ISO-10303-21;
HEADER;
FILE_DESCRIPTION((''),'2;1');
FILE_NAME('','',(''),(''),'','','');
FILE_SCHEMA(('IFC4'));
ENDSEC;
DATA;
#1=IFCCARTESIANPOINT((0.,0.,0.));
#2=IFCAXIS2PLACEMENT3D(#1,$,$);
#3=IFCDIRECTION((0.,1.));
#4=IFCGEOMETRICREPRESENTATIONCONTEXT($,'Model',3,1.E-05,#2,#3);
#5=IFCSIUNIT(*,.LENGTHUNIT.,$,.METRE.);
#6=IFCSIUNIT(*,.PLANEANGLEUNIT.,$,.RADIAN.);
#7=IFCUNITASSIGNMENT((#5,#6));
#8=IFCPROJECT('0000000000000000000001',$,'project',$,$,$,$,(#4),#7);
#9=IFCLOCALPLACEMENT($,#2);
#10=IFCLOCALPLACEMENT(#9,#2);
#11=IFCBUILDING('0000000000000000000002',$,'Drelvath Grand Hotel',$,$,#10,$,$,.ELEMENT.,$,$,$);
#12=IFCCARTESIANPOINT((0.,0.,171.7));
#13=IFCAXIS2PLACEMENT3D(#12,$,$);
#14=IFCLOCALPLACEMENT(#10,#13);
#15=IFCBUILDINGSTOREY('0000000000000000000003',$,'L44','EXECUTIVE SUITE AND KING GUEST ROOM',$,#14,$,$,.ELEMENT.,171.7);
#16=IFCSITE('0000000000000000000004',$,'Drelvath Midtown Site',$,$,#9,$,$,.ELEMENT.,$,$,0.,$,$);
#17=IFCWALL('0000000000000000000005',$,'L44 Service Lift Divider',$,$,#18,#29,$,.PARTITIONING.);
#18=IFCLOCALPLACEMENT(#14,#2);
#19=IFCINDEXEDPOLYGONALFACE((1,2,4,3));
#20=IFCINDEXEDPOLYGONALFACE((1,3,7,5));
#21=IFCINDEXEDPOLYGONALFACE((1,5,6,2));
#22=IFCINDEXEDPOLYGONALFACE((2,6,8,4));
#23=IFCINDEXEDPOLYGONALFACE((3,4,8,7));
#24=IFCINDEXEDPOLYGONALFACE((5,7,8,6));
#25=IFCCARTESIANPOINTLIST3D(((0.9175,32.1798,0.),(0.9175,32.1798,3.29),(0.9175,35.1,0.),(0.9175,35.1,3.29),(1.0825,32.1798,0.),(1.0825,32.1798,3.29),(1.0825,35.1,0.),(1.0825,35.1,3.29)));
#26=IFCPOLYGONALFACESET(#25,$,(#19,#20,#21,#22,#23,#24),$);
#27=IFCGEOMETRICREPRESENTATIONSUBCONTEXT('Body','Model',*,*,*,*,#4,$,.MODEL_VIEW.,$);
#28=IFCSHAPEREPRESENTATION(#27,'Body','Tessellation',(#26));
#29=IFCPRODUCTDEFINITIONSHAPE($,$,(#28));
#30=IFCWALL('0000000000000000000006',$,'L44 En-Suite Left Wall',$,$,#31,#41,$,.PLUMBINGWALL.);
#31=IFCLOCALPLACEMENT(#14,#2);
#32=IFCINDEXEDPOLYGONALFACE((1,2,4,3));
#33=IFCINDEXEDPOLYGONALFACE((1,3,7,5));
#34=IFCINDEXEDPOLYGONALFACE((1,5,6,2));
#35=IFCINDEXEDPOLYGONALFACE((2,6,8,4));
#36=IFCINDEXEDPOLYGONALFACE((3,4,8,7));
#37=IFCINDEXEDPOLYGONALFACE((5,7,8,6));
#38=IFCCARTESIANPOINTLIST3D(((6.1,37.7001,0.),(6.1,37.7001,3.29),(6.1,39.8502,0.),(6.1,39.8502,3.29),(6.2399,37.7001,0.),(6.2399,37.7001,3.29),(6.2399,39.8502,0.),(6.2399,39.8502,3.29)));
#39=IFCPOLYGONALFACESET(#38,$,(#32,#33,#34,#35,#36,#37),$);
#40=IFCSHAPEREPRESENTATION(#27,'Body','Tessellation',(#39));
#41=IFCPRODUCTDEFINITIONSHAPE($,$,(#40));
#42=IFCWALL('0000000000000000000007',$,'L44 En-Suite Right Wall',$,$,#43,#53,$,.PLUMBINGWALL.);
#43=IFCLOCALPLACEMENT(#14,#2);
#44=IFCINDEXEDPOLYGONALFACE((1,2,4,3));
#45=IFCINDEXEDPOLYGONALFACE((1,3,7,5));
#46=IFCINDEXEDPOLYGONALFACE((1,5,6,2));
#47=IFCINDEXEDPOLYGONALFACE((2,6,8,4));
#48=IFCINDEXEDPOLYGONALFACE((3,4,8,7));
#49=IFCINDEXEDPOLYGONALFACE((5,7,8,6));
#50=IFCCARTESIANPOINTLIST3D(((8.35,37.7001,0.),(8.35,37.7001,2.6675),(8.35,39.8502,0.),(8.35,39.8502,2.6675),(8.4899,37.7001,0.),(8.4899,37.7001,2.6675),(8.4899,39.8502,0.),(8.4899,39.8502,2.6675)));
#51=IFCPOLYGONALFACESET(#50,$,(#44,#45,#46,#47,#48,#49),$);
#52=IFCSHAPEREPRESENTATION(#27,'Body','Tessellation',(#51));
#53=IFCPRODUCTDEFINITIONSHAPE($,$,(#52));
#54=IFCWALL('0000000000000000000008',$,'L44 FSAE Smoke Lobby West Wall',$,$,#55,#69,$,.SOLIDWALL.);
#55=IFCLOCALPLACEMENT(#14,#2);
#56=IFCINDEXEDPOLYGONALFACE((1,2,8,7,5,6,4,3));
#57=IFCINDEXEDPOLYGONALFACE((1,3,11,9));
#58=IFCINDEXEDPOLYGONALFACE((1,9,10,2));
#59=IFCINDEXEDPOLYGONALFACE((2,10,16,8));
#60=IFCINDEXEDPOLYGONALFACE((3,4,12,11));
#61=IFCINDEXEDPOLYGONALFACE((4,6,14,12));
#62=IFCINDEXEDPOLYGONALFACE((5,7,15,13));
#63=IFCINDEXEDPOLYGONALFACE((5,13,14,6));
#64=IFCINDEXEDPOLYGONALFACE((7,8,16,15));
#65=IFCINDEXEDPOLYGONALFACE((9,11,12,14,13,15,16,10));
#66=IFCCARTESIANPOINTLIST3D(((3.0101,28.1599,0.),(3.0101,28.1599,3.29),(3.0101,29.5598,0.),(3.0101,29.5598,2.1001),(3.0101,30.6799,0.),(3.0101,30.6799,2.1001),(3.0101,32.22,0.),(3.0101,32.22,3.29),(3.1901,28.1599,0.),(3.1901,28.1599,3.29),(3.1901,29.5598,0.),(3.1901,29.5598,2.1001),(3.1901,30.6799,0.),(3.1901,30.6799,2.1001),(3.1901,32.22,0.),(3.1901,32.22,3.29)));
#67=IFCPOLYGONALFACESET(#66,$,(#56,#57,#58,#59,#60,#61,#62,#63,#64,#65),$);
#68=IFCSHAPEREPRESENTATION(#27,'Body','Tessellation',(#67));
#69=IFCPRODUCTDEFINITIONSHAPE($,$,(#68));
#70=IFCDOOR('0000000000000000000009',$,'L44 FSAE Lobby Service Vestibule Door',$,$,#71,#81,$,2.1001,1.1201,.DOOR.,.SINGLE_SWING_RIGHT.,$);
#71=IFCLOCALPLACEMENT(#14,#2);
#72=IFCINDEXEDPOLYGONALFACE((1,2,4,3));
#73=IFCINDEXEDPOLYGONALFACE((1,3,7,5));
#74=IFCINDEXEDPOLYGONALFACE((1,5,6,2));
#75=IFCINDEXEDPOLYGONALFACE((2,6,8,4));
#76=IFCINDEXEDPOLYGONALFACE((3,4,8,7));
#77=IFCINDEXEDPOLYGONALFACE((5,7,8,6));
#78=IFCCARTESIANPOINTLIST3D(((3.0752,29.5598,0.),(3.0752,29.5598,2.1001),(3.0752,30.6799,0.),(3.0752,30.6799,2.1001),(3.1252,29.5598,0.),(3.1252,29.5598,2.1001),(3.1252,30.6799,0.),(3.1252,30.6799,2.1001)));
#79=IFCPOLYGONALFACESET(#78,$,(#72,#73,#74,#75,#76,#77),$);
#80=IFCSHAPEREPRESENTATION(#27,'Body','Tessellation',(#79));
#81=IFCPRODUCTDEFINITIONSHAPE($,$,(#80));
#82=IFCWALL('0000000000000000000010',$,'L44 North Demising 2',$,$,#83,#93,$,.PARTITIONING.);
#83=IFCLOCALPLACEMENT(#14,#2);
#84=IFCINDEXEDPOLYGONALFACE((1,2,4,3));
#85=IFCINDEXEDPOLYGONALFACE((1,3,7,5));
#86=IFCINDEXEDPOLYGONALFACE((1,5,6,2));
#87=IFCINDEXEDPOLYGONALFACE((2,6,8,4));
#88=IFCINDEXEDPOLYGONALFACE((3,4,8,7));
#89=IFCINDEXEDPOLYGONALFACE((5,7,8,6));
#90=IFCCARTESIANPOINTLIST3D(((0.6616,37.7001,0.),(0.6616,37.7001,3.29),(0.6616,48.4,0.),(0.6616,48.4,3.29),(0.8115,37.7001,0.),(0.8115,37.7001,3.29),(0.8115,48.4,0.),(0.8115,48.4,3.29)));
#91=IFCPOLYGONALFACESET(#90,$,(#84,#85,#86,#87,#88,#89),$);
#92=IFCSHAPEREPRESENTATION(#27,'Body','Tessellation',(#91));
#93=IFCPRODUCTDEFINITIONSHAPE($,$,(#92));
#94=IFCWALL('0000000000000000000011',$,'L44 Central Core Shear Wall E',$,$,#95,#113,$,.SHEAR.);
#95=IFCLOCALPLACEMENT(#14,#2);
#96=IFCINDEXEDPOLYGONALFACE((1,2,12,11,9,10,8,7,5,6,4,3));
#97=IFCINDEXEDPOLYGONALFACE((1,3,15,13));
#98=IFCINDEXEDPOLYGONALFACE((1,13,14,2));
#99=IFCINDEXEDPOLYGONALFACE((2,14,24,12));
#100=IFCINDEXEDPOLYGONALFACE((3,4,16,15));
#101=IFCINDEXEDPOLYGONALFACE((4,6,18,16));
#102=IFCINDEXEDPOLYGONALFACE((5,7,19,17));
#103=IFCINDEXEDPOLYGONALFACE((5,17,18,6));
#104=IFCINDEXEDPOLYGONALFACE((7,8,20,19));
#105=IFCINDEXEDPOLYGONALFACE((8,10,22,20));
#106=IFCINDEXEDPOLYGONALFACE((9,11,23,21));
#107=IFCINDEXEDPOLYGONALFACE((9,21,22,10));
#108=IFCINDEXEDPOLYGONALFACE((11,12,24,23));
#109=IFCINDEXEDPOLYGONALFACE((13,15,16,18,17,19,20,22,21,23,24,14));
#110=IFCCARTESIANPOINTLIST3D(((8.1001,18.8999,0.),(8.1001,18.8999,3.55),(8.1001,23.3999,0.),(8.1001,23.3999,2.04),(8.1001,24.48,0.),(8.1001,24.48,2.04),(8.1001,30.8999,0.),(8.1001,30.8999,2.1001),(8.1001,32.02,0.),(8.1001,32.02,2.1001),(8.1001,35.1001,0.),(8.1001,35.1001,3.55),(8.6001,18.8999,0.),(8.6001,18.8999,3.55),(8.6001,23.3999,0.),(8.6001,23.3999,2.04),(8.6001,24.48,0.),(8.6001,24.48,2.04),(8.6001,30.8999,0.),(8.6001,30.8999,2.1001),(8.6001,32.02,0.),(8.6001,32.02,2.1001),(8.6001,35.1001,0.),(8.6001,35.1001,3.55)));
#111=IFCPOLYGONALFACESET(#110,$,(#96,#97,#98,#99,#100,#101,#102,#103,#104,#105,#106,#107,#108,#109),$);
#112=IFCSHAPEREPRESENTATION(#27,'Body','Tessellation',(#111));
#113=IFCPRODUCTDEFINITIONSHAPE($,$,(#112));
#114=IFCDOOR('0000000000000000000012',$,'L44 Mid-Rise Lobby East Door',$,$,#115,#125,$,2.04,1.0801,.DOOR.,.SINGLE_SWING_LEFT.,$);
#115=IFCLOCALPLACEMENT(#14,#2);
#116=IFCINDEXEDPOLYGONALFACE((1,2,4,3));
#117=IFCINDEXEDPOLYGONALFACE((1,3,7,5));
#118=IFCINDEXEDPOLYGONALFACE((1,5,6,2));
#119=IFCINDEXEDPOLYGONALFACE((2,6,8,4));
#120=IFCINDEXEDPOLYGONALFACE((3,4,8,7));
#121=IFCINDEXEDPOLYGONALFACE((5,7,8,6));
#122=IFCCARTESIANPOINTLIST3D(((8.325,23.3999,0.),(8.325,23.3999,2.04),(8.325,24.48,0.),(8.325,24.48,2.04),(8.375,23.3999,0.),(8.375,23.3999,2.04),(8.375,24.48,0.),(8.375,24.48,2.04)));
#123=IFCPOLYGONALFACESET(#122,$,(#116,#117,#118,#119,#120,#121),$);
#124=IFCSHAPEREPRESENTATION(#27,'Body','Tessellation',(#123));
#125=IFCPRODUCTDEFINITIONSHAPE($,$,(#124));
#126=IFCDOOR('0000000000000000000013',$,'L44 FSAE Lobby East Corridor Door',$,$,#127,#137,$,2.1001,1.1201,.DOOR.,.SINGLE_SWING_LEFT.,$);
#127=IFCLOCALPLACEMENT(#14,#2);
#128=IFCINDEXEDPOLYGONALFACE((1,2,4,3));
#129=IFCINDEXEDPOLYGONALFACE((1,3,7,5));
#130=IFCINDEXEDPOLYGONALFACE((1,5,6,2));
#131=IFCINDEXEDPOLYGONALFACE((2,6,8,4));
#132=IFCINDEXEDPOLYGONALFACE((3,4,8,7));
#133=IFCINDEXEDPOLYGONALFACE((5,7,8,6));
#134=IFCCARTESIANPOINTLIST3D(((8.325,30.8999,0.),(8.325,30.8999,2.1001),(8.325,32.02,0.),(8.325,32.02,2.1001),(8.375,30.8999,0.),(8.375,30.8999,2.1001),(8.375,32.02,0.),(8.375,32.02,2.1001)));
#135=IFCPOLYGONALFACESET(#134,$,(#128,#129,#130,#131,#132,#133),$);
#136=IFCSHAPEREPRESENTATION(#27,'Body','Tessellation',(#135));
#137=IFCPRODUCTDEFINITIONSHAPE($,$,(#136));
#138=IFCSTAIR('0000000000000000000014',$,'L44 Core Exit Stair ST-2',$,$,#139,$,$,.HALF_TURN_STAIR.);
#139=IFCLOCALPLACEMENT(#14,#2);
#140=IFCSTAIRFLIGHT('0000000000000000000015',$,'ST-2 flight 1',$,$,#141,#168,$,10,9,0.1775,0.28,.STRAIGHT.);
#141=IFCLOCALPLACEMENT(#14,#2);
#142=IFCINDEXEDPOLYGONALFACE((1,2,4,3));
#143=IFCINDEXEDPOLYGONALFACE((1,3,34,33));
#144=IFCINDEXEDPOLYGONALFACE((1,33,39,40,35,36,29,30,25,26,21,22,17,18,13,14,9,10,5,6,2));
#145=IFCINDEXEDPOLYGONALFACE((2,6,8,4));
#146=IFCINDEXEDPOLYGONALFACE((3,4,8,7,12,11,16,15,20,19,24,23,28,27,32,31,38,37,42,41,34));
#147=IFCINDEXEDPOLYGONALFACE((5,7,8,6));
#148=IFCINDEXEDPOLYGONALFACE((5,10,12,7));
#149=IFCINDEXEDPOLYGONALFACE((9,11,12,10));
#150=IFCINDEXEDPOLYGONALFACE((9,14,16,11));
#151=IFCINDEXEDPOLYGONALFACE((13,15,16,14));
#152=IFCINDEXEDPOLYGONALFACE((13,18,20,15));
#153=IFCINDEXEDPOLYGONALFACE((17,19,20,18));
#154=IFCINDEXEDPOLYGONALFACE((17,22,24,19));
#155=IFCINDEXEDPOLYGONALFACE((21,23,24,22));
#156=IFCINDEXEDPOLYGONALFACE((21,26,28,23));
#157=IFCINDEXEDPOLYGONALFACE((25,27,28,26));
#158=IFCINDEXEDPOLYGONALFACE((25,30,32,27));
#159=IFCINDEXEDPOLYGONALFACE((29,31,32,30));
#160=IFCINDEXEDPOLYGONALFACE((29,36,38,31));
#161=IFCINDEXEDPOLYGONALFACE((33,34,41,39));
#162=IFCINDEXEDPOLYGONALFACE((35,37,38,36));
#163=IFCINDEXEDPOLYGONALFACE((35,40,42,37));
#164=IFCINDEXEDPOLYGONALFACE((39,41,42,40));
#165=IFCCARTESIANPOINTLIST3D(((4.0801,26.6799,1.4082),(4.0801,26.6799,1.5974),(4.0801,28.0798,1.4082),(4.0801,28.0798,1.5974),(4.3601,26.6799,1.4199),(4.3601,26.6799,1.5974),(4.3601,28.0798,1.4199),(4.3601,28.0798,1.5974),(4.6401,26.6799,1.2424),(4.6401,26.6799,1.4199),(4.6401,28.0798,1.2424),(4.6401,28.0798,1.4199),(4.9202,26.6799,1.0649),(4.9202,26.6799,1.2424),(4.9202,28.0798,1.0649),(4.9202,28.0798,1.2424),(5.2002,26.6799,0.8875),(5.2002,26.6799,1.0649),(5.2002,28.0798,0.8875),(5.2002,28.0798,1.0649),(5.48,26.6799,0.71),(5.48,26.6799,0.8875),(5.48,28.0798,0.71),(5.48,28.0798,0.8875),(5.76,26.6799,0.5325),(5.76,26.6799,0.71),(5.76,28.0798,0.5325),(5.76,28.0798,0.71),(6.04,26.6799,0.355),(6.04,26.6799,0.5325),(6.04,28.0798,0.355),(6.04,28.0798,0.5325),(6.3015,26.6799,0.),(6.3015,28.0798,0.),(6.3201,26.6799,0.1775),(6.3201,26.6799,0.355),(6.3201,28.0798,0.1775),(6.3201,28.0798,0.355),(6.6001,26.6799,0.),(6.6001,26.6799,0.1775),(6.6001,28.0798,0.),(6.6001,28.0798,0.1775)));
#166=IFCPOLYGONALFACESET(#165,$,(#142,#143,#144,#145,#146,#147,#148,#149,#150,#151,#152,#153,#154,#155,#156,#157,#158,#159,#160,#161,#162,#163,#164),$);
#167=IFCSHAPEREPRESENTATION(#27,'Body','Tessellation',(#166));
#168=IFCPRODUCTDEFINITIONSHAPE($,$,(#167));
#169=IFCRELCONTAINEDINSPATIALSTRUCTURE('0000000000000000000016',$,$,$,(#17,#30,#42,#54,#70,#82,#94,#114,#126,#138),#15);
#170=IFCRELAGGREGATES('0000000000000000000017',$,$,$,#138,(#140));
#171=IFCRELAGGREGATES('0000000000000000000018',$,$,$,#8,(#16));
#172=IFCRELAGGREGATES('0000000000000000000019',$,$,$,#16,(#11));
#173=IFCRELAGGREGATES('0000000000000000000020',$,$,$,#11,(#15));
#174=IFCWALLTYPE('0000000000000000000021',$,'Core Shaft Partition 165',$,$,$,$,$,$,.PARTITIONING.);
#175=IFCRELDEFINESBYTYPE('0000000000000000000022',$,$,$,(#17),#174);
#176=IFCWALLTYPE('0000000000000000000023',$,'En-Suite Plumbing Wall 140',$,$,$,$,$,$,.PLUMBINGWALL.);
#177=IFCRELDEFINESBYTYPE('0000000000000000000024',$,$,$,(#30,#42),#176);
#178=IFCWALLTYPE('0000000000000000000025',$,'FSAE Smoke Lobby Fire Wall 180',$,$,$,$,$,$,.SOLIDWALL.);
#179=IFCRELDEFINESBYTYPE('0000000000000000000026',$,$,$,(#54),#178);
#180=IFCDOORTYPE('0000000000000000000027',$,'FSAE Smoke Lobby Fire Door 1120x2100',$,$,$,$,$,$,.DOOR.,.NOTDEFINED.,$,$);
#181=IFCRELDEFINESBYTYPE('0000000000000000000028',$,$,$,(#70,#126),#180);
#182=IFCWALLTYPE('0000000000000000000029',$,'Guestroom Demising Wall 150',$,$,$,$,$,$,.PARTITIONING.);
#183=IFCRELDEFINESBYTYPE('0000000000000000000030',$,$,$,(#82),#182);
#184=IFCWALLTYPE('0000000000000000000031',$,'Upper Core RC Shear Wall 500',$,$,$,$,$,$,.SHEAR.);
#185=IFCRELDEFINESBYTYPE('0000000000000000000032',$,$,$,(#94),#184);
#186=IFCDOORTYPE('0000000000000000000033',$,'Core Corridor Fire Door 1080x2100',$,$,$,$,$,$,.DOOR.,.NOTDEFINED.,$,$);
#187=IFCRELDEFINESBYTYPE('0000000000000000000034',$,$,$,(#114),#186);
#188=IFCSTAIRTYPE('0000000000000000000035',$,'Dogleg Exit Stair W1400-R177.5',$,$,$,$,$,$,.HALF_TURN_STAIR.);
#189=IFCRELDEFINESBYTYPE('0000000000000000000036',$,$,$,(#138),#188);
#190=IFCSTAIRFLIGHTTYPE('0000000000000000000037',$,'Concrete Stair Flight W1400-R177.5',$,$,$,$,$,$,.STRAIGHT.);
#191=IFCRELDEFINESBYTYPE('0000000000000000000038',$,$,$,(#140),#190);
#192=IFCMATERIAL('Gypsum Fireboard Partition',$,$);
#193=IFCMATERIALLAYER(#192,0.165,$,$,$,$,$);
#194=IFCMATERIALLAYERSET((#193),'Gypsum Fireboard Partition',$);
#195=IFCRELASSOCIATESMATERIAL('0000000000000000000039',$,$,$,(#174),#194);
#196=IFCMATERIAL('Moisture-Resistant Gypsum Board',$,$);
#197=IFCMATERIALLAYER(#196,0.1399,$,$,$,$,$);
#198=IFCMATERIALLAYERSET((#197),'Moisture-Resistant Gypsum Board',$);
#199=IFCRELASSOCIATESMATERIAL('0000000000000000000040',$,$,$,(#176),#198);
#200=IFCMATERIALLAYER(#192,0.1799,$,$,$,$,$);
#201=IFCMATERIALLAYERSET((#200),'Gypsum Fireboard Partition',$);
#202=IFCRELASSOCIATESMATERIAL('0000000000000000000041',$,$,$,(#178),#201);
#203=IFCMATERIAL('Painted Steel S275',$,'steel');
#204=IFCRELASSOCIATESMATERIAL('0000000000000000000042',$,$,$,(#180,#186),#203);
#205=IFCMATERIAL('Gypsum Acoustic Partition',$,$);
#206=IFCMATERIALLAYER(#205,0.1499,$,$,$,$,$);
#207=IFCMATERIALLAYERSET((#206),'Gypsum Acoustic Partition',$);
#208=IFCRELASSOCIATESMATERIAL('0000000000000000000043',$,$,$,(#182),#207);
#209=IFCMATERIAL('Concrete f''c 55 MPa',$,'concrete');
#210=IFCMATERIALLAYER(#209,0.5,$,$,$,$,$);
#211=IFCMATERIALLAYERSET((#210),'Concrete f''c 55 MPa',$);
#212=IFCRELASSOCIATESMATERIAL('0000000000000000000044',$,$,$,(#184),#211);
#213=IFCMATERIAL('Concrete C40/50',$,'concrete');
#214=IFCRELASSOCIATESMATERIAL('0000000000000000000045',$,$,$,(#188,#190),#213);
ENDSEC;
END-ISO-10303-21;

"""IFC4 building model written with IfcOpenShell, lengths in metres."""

from ifc_helpers import new_model, si_unit, direction, frame, frame_2d, origin, place, context, subcontext, project, spatial, polyline, rectangle, outline, extrude, material, layer, layer_set, type_object, element, fill, aggregate, save


model = new_model("IFC4")

# Units and contexts
model_context = context("Model", 3, precision=1e-05, world=origin(), true_north=direction((0.0, 1.0)))
body_context = subcontext(model_context, "Body", "Model", "MODEL_VIEW")
ifc_project = project(units=[si_unit("LENGTHUNIT", "METRE"), si_unit("PLANEANGLEUNIT", "RADIAN")], contexts=[model_context])

# Site, building, storey
site_placement = place(None, origin())
site = spatial("IfcSite", under=ifc_project, at=site_placement, Name="Drelvath Midtown Site", CompositionType="ELEMENT", RefElevation=0.0)
building_placement = place(site_placement, origin())
building = spatial("IfcBuilding", under=site, at=building_placement, Name="Drelvath Grand Hotel", CompositionType="ELEMENT")
storey_placement = place(building_placement, frame((0.0, 0.0, 171.7)))
storey = spatial("IfcBuildingStorey", under=building, at=storey_placement, Name="L44", Description="EXECUTIVE SUITE AND KING GUEST ROOM", CompositionType="ELEMENT", Elevation=171.7)

# Shared definitions
ifc_material_1 = material(Name="Concrete f'c 55 MPa", Category="concrete")

# Shared definitions
ifc_material_2 = material(Name="Concrete C40/50", Category="concrete")

# Shared definitions
ifc_material_3 = material(Name="Painted Steel S275", Category="steel")

# Walls
ifc_material_4 = material(Name="Gypsum Fireboard Partition")
ifc_layer_1 = layer(ifc_material_4, 0.165)
ifc_layer_set_1 = layer_set([ifc_layer_1], Name="Gypsum Fireboard Partition")
wall_type_1 = type_object("IfcWallType", Name="Core Shaft Partition 165", PredefinedType="PARTITIONING", material=ifc_layer_set_1)
wall_1_placement = place(storey_placement, frame((1.0, 32.1799, 0.0), z_axis=(0.0, 0.0, 1.0), x_axis=(0.0, 1.0, 0.0)))
element("IfcWall", 1, at=wall_1_placement, inside=storey, type_object=wall_type_1, Name="L44 Service Lift Divider", PredefinedType="PARTITIONING", context=body_context, shape_type="SweptSolid", body=[
    extrude(rectangle(XDim=2.9202, YDim=0.165, at=frame_2d((1.46, 0.0))), origin(), (0.0, 0.0, 1.0), 3.29),
])
ifc_material_5 = material(Name="Moisture-Resistant Gypsum Board")
ifc_layer_2 = layer(ifc_material_5, 0.1399)
ifc_layer_set_2 = layer_set([ifc_layer_2], Name="Moisture-Resistant Gypsum Board")
wall_type_2 = type_object("IfcWallType", Name="En-Suite Plumbing Wall 140", PredefinedType="PLUMBINGWALL", material=ifc_layer_set_2)
wall_2_placement = place(storey_placement, frame((6.1699, 37.7, 0.0), z_axis=(0.0, 0.0, 1.0), x_axis=(0.0, 1.0, 0.0)))
element("IfcWall", 2, at=wall_2_placement, inside=storey, type_object=wall_type_2, Name="L44 En-Suite Left Wall", PredefinedType="PLUMBINGWALL", context=body_context, shape_type="SweptSolid", body=[
    extrude(rectangle(XDim=2.1501, YDim=0.1399, at=frame_2d((1.0752, 0.0))), origin(), (0.0, 0.0, 1.0), 3.29),
])
wall_3_placement = place(storey_placement, frame((8.4199, 37.7, 0.0), z_axis=(0.0, 0.0, 1.0), x_axis=(0.0, 1.0, 0.0)))
element("IfcWall", 3, at=wall_3_placement, inside=storey, type_object=wall_type_2, Name="L44 En-Suite Right Wall", PredefinedType="PLUMBINGWALL", context=body_context, shape_type="SweptSolid", body=[
    extrude(rectangle(XDim=2.1501, YDim=0.1399, at=frame_2d((1.0752, 0.0))), origin(), (0.0, 0.0, 1.0), 2.6675),
])

# Wall, opening, door
ifc_layer_3 = layer(ifc_material_4, 0.1799)
ifc_layer_set_3 = layer_set([ifc_layer_3], Name="Gypsum Fireboard Partition")
wall_type_3 = type_object("IfcWallType", Name="FSAE Smoke Lobby Fire Wall 180", PredefinedType="SOLIDWALL", material=ifc_layer_set_3)
wall_4_placement = place(storey_placement, frame((3.1001, 28.1599, 0.0), z_axis=(0.0, 0.0, 1.0), x_axis=(0.0, 1.0, 0.0)))
wall_4 = element("IfcWall", 4, at=wall_4_placement, inside=storey, type_object=wall_type_3, Name="L44 FSAE Smoke Lobby West Wall", PredefinedType="SOLIDWALL", context=body_context, shape_type="SweptSolid", body=[
    extrude(rectangle(XDim=4.0601, YDim=0.1799, at=frame_2d((2.03, 0.0))), origin(), (0.0, 0.0, 1.0), 3.29),
])
opening_1_placement = place(wall_4_placement, frame((1.3999, 0.0, 0.0)))
opening_1 = element("IfcOpeningElement", 5, at=opening_1_placement, cuts=wall_4, PredefinedType="OPENING", context=body_context, shape_type="SweptSolid", body=[
    extrude(rectangle(XDim=1.1201, YDim=2.1001, at=frame_2d((0.5601, 1.05))), frame((0.0, 0.0999, 0.0), z_axis=(0.0, -1.0, 0.0), x_axis=(1.0, 0.0, 0.0)), (0.0, 0.0, 1.0), 0.2),
])
door_type_1 = type_object("IfcDoorType", Name="FSAE Smoke Lobby Fire Door 1120x2100", OperationType="NOTDEFINED", PredefinedType="DOOR", material=ifc_material_3)
door_1_placement = place(opening_1_placement, origin())
door_1 = element("IfcDoor", 6, at=door_1_placement, inside=storey, type_object=door_type_1, Name="L44 FSAE Lobby Service Vestibule Door", OperationType="SINGLE_SWING_RIGHT", OverallHeight=2.1001, OverallWidth=1.1201, PredefinedType="DOOR", context=body_context, shape_type="SweptSolid", body=[
    extrude(rectangle(XDim=1.1201, YDim=2.1001, at=frame_2d((0.5601, 1.05))), frame((0.0, 0.0249, 0.0), z_axis=(0.0, -1.0, 0.0), x_axis=(1.0, 0.0, 0.0)), (0.0, 0.0, 1.0), 0.05),
])
fill(opening_1, door_1)

# Wall
ifc_material_6 = material(Name="Gypsum Acoustic Partition")
ifc_layer_4 = layer(ifc_material_6, 0.1499)
ifc_layer_set_4 = layer_set([ifc_layer_4], Name="Gypsum Acoustic Partition")
wall_type_4 = type_object("IfcWallType", Name="Guestroom Demising Wall 150", PredefinedType="PARTITIONING", material=ifc_layer_set_4)
wall_5_placement = place(storey_placement, frame((0.7366, 37.7, 0.0), z_axis=(0.0, 0.0, 1.0), x_axis=(0.0, 1.0, 0.0)))
element("IfcWall", 7, at=wall_5_placement, inside=storey, type_object=wall_type_4, Name="L44 North Demising 2", PredefinedType="PARTITIONING", context=body_context, shape_type="SweptSolid", body=[
    extrude(rectangle(XDim=10.7, YDim=0.1499, at=frame_2d((5.3501, 0.0))), origin(), (0.0, 0.0, 1.0), 3.29),
])

# Wall, openings, doors
ifc_layer_5 = layer(ifc_material_1, 0.5)
ifc_layer_set_5 = layer_set([ifc_layer_5], Name="Concrete f'c 55 MPa")
wall_type_5 = type_object("IfcWallType", Name="Upper Core RC Shear Wall 500", PredefinedType="SHEAR", material=ifc_layer_set_5)
wall_6_placement = place(storey_placement, frame((8.3501, 35.1001, 0.0), z_axis=(0.0, 0.0, 1.0), x_axis=(0.0, -1.0, 0.0)))
wall_6 = element("IfcWall", 8, at=wall_6_placement, inside=storey, type_object=wall_type_5, Name="L44 Central Core Shear Wall E", PredefinedType="SHEAR", context=body_context, shape_type="SweptSolid", body=[
    extrude(rectangle(XDim=16.2002, YDim=0.5, at=frame_2d((8.1001, 0.0))), origin(), (0.0, 0.0, 1.0), 3.55),
])
opening_2_placement = place(wall_6_placement, frame((3.0801, 0.0, 0.0)))
opening_2 = element("IfcOpeningElement", 9, at=opening_2_placement, cuts=wall_6, PredefinedType="OPENING", context=body_context, shape_type="SweptSolid", body=[
    extrude(rectangle(XDim=1.1201, YDim=2.1001, at=frame_2d((0.5601, 1.05))), frame((0.0, 0.26, 0.0), z_axis=(0.0, -1.0, 0.0), x_axis=(1.0, 0.0, 0.0)), (0.0, 0.0, 1.0), 0.52),
])
opening_3_placement = place(wall_6_placement, frame((10.6201, 0.0, 0.0)))
opening_3 = element("IfcOpeningElement", 10, at=opening_3_placement, cuts=wall_6, PredefinedType="OPENING", context=body_context, shape_type="SweptSolid", body=[
    extrude(rectangle(XDim=1.0801, YDim=2.04, at=frame_2d((0.54, 1.02))), frame((0.0, 0.26, 0.0), z_axis=(0.0, -1.0, 0.0), x_axis=(1.0, 0.0, 0.0)), (0.0, 0.0, 1.0), 0.52),
])
door_type_2 = type_object("IfcDoorType", Name="Core Corridor Fire Door 1080x2100", OperationType="NOTDEFINED", PredefinedType="DOOR", material=ifc_material_3)
door_2_placement = place(opening_3_placement, origin())
door_2 = element("IfcDoor", 11, at=door_2_placement, inside=storey, type_object=door_type_2, Name="L44 Mid-Rise Lobby East Door", OperationType="SINGLE_SWING_LEFT", OverallHeight=2.04, OverallWidth=1.0801, PredefinedType="DOOR", context=body_context, shape_type="SweptSolid", body=[
    extrude(rectangle(XDim=1.0801, YDim=2.04, at=frame_2d((0.54, 1.02))), frame((0.0, 0.0249, 0.0), z_axis=(0.0, -1.0, 0.0), x_axis=(1.0, 0.0, 0.0)), (0.0, 0.0, 1.0), 0.05),
])
fill(opening_3, door_2)
door_3_placement = place(opening_2_placement, origin())
door_3 = element("IfcDoor", 12, at=door_3_placement, inside=storey, type_object=door_type_1, Name="L44 FSAE Lobby East Corridor Door", OperationType="SINGLE_SWING_LEFT", OverallHeight=2.1001, OverallWidth=1.1201, PredefinedType="DOOR", context=body_context, shape_type="SweptSolid", body=[
    extrude(rectangle(XDim=1.1201, YDim=2.1001, at=frame_2d((0.5601, 1.05))), frame((0.0, 0.0249, 0.0), z_axis=(0.0, -1.0, 0.0), x_axis=(1.0, 0.0, 0.0)), (0.0, 0.0, 1.0), 0.05),
])
fill(opening_2, door_3)

# Stair, stair flight
stair_type = type_object("IfcStairType", Name="Dogleg Exit Stair W1400-R177.5", PredefinedType="HALF_TURN_STAIR", material=ifc_material_2)
stair_placement = place(storey_placement, origin())
stair = element("IfcStair", 13, at=stair_placement, inside=storey, type_object=stair_type, Name="L44 Core Exit Stair ST-2", PredefinedType="HALF_TURN_STAIR")
stair_flight_type = type_object("IfcStairFlightType", Name="Concrete Stair Flight W1400-R177.5", PredefinedType="STRAIGHT", material=ifc_material_2)
stair_flight_placement = place(storey_placement, frame((6.6001, 27.3799, 0.0), z_axis=(0.0, 0.0, 1.0), x_axis=(-1.0, 0.0, 0.0)))
stair_flight = element("IfcStairFlight", 14, at=stair_flight_placement, type_object=stair_flight_type, Name="ST-2 flight 1", NumberOfRisers=10, NumberOfTreads=9, PredefinedType="STRAIGHT", RiserHeight=0.1775, TreadLength=0.28, context=body_context, shape_type="SweptSolid", body=[
    extrude(outline(polyline([(0.0, 0.0), (0.0, 0.1775), (0.28, 0.1775), (0.28, 0.355), (0.5601, 0.355), (0.5601, 0.5325), (0.8401, 0.5325), (0.8401, 0.71), (1.1201, 0.71), (1.1201, 0.8875), (1.3999, 0.8875), (1.3999, 1.0649), (1.6799, 1.0649), (1.6799, 1.2424), (1.96, 1.2424), (1.96, 1.4199), (2.24, 1.4199), (2.24, 1.5974), (2.52, 1.5974), (2.52, 1.7749), (2.52, 1.4082), (0.2986, 0.0), (0.0, 0.0)])), frame((0.0, 0.7, 0.0), z_axis=(0.0, -1.0, 0.0), x_axis=(1.0, 0.0, 0.0)), (0.0, 0.0, 1.0), 1.3999),
])
aggregate(stair, [stair_flight])

save(model, "model.ifc")
